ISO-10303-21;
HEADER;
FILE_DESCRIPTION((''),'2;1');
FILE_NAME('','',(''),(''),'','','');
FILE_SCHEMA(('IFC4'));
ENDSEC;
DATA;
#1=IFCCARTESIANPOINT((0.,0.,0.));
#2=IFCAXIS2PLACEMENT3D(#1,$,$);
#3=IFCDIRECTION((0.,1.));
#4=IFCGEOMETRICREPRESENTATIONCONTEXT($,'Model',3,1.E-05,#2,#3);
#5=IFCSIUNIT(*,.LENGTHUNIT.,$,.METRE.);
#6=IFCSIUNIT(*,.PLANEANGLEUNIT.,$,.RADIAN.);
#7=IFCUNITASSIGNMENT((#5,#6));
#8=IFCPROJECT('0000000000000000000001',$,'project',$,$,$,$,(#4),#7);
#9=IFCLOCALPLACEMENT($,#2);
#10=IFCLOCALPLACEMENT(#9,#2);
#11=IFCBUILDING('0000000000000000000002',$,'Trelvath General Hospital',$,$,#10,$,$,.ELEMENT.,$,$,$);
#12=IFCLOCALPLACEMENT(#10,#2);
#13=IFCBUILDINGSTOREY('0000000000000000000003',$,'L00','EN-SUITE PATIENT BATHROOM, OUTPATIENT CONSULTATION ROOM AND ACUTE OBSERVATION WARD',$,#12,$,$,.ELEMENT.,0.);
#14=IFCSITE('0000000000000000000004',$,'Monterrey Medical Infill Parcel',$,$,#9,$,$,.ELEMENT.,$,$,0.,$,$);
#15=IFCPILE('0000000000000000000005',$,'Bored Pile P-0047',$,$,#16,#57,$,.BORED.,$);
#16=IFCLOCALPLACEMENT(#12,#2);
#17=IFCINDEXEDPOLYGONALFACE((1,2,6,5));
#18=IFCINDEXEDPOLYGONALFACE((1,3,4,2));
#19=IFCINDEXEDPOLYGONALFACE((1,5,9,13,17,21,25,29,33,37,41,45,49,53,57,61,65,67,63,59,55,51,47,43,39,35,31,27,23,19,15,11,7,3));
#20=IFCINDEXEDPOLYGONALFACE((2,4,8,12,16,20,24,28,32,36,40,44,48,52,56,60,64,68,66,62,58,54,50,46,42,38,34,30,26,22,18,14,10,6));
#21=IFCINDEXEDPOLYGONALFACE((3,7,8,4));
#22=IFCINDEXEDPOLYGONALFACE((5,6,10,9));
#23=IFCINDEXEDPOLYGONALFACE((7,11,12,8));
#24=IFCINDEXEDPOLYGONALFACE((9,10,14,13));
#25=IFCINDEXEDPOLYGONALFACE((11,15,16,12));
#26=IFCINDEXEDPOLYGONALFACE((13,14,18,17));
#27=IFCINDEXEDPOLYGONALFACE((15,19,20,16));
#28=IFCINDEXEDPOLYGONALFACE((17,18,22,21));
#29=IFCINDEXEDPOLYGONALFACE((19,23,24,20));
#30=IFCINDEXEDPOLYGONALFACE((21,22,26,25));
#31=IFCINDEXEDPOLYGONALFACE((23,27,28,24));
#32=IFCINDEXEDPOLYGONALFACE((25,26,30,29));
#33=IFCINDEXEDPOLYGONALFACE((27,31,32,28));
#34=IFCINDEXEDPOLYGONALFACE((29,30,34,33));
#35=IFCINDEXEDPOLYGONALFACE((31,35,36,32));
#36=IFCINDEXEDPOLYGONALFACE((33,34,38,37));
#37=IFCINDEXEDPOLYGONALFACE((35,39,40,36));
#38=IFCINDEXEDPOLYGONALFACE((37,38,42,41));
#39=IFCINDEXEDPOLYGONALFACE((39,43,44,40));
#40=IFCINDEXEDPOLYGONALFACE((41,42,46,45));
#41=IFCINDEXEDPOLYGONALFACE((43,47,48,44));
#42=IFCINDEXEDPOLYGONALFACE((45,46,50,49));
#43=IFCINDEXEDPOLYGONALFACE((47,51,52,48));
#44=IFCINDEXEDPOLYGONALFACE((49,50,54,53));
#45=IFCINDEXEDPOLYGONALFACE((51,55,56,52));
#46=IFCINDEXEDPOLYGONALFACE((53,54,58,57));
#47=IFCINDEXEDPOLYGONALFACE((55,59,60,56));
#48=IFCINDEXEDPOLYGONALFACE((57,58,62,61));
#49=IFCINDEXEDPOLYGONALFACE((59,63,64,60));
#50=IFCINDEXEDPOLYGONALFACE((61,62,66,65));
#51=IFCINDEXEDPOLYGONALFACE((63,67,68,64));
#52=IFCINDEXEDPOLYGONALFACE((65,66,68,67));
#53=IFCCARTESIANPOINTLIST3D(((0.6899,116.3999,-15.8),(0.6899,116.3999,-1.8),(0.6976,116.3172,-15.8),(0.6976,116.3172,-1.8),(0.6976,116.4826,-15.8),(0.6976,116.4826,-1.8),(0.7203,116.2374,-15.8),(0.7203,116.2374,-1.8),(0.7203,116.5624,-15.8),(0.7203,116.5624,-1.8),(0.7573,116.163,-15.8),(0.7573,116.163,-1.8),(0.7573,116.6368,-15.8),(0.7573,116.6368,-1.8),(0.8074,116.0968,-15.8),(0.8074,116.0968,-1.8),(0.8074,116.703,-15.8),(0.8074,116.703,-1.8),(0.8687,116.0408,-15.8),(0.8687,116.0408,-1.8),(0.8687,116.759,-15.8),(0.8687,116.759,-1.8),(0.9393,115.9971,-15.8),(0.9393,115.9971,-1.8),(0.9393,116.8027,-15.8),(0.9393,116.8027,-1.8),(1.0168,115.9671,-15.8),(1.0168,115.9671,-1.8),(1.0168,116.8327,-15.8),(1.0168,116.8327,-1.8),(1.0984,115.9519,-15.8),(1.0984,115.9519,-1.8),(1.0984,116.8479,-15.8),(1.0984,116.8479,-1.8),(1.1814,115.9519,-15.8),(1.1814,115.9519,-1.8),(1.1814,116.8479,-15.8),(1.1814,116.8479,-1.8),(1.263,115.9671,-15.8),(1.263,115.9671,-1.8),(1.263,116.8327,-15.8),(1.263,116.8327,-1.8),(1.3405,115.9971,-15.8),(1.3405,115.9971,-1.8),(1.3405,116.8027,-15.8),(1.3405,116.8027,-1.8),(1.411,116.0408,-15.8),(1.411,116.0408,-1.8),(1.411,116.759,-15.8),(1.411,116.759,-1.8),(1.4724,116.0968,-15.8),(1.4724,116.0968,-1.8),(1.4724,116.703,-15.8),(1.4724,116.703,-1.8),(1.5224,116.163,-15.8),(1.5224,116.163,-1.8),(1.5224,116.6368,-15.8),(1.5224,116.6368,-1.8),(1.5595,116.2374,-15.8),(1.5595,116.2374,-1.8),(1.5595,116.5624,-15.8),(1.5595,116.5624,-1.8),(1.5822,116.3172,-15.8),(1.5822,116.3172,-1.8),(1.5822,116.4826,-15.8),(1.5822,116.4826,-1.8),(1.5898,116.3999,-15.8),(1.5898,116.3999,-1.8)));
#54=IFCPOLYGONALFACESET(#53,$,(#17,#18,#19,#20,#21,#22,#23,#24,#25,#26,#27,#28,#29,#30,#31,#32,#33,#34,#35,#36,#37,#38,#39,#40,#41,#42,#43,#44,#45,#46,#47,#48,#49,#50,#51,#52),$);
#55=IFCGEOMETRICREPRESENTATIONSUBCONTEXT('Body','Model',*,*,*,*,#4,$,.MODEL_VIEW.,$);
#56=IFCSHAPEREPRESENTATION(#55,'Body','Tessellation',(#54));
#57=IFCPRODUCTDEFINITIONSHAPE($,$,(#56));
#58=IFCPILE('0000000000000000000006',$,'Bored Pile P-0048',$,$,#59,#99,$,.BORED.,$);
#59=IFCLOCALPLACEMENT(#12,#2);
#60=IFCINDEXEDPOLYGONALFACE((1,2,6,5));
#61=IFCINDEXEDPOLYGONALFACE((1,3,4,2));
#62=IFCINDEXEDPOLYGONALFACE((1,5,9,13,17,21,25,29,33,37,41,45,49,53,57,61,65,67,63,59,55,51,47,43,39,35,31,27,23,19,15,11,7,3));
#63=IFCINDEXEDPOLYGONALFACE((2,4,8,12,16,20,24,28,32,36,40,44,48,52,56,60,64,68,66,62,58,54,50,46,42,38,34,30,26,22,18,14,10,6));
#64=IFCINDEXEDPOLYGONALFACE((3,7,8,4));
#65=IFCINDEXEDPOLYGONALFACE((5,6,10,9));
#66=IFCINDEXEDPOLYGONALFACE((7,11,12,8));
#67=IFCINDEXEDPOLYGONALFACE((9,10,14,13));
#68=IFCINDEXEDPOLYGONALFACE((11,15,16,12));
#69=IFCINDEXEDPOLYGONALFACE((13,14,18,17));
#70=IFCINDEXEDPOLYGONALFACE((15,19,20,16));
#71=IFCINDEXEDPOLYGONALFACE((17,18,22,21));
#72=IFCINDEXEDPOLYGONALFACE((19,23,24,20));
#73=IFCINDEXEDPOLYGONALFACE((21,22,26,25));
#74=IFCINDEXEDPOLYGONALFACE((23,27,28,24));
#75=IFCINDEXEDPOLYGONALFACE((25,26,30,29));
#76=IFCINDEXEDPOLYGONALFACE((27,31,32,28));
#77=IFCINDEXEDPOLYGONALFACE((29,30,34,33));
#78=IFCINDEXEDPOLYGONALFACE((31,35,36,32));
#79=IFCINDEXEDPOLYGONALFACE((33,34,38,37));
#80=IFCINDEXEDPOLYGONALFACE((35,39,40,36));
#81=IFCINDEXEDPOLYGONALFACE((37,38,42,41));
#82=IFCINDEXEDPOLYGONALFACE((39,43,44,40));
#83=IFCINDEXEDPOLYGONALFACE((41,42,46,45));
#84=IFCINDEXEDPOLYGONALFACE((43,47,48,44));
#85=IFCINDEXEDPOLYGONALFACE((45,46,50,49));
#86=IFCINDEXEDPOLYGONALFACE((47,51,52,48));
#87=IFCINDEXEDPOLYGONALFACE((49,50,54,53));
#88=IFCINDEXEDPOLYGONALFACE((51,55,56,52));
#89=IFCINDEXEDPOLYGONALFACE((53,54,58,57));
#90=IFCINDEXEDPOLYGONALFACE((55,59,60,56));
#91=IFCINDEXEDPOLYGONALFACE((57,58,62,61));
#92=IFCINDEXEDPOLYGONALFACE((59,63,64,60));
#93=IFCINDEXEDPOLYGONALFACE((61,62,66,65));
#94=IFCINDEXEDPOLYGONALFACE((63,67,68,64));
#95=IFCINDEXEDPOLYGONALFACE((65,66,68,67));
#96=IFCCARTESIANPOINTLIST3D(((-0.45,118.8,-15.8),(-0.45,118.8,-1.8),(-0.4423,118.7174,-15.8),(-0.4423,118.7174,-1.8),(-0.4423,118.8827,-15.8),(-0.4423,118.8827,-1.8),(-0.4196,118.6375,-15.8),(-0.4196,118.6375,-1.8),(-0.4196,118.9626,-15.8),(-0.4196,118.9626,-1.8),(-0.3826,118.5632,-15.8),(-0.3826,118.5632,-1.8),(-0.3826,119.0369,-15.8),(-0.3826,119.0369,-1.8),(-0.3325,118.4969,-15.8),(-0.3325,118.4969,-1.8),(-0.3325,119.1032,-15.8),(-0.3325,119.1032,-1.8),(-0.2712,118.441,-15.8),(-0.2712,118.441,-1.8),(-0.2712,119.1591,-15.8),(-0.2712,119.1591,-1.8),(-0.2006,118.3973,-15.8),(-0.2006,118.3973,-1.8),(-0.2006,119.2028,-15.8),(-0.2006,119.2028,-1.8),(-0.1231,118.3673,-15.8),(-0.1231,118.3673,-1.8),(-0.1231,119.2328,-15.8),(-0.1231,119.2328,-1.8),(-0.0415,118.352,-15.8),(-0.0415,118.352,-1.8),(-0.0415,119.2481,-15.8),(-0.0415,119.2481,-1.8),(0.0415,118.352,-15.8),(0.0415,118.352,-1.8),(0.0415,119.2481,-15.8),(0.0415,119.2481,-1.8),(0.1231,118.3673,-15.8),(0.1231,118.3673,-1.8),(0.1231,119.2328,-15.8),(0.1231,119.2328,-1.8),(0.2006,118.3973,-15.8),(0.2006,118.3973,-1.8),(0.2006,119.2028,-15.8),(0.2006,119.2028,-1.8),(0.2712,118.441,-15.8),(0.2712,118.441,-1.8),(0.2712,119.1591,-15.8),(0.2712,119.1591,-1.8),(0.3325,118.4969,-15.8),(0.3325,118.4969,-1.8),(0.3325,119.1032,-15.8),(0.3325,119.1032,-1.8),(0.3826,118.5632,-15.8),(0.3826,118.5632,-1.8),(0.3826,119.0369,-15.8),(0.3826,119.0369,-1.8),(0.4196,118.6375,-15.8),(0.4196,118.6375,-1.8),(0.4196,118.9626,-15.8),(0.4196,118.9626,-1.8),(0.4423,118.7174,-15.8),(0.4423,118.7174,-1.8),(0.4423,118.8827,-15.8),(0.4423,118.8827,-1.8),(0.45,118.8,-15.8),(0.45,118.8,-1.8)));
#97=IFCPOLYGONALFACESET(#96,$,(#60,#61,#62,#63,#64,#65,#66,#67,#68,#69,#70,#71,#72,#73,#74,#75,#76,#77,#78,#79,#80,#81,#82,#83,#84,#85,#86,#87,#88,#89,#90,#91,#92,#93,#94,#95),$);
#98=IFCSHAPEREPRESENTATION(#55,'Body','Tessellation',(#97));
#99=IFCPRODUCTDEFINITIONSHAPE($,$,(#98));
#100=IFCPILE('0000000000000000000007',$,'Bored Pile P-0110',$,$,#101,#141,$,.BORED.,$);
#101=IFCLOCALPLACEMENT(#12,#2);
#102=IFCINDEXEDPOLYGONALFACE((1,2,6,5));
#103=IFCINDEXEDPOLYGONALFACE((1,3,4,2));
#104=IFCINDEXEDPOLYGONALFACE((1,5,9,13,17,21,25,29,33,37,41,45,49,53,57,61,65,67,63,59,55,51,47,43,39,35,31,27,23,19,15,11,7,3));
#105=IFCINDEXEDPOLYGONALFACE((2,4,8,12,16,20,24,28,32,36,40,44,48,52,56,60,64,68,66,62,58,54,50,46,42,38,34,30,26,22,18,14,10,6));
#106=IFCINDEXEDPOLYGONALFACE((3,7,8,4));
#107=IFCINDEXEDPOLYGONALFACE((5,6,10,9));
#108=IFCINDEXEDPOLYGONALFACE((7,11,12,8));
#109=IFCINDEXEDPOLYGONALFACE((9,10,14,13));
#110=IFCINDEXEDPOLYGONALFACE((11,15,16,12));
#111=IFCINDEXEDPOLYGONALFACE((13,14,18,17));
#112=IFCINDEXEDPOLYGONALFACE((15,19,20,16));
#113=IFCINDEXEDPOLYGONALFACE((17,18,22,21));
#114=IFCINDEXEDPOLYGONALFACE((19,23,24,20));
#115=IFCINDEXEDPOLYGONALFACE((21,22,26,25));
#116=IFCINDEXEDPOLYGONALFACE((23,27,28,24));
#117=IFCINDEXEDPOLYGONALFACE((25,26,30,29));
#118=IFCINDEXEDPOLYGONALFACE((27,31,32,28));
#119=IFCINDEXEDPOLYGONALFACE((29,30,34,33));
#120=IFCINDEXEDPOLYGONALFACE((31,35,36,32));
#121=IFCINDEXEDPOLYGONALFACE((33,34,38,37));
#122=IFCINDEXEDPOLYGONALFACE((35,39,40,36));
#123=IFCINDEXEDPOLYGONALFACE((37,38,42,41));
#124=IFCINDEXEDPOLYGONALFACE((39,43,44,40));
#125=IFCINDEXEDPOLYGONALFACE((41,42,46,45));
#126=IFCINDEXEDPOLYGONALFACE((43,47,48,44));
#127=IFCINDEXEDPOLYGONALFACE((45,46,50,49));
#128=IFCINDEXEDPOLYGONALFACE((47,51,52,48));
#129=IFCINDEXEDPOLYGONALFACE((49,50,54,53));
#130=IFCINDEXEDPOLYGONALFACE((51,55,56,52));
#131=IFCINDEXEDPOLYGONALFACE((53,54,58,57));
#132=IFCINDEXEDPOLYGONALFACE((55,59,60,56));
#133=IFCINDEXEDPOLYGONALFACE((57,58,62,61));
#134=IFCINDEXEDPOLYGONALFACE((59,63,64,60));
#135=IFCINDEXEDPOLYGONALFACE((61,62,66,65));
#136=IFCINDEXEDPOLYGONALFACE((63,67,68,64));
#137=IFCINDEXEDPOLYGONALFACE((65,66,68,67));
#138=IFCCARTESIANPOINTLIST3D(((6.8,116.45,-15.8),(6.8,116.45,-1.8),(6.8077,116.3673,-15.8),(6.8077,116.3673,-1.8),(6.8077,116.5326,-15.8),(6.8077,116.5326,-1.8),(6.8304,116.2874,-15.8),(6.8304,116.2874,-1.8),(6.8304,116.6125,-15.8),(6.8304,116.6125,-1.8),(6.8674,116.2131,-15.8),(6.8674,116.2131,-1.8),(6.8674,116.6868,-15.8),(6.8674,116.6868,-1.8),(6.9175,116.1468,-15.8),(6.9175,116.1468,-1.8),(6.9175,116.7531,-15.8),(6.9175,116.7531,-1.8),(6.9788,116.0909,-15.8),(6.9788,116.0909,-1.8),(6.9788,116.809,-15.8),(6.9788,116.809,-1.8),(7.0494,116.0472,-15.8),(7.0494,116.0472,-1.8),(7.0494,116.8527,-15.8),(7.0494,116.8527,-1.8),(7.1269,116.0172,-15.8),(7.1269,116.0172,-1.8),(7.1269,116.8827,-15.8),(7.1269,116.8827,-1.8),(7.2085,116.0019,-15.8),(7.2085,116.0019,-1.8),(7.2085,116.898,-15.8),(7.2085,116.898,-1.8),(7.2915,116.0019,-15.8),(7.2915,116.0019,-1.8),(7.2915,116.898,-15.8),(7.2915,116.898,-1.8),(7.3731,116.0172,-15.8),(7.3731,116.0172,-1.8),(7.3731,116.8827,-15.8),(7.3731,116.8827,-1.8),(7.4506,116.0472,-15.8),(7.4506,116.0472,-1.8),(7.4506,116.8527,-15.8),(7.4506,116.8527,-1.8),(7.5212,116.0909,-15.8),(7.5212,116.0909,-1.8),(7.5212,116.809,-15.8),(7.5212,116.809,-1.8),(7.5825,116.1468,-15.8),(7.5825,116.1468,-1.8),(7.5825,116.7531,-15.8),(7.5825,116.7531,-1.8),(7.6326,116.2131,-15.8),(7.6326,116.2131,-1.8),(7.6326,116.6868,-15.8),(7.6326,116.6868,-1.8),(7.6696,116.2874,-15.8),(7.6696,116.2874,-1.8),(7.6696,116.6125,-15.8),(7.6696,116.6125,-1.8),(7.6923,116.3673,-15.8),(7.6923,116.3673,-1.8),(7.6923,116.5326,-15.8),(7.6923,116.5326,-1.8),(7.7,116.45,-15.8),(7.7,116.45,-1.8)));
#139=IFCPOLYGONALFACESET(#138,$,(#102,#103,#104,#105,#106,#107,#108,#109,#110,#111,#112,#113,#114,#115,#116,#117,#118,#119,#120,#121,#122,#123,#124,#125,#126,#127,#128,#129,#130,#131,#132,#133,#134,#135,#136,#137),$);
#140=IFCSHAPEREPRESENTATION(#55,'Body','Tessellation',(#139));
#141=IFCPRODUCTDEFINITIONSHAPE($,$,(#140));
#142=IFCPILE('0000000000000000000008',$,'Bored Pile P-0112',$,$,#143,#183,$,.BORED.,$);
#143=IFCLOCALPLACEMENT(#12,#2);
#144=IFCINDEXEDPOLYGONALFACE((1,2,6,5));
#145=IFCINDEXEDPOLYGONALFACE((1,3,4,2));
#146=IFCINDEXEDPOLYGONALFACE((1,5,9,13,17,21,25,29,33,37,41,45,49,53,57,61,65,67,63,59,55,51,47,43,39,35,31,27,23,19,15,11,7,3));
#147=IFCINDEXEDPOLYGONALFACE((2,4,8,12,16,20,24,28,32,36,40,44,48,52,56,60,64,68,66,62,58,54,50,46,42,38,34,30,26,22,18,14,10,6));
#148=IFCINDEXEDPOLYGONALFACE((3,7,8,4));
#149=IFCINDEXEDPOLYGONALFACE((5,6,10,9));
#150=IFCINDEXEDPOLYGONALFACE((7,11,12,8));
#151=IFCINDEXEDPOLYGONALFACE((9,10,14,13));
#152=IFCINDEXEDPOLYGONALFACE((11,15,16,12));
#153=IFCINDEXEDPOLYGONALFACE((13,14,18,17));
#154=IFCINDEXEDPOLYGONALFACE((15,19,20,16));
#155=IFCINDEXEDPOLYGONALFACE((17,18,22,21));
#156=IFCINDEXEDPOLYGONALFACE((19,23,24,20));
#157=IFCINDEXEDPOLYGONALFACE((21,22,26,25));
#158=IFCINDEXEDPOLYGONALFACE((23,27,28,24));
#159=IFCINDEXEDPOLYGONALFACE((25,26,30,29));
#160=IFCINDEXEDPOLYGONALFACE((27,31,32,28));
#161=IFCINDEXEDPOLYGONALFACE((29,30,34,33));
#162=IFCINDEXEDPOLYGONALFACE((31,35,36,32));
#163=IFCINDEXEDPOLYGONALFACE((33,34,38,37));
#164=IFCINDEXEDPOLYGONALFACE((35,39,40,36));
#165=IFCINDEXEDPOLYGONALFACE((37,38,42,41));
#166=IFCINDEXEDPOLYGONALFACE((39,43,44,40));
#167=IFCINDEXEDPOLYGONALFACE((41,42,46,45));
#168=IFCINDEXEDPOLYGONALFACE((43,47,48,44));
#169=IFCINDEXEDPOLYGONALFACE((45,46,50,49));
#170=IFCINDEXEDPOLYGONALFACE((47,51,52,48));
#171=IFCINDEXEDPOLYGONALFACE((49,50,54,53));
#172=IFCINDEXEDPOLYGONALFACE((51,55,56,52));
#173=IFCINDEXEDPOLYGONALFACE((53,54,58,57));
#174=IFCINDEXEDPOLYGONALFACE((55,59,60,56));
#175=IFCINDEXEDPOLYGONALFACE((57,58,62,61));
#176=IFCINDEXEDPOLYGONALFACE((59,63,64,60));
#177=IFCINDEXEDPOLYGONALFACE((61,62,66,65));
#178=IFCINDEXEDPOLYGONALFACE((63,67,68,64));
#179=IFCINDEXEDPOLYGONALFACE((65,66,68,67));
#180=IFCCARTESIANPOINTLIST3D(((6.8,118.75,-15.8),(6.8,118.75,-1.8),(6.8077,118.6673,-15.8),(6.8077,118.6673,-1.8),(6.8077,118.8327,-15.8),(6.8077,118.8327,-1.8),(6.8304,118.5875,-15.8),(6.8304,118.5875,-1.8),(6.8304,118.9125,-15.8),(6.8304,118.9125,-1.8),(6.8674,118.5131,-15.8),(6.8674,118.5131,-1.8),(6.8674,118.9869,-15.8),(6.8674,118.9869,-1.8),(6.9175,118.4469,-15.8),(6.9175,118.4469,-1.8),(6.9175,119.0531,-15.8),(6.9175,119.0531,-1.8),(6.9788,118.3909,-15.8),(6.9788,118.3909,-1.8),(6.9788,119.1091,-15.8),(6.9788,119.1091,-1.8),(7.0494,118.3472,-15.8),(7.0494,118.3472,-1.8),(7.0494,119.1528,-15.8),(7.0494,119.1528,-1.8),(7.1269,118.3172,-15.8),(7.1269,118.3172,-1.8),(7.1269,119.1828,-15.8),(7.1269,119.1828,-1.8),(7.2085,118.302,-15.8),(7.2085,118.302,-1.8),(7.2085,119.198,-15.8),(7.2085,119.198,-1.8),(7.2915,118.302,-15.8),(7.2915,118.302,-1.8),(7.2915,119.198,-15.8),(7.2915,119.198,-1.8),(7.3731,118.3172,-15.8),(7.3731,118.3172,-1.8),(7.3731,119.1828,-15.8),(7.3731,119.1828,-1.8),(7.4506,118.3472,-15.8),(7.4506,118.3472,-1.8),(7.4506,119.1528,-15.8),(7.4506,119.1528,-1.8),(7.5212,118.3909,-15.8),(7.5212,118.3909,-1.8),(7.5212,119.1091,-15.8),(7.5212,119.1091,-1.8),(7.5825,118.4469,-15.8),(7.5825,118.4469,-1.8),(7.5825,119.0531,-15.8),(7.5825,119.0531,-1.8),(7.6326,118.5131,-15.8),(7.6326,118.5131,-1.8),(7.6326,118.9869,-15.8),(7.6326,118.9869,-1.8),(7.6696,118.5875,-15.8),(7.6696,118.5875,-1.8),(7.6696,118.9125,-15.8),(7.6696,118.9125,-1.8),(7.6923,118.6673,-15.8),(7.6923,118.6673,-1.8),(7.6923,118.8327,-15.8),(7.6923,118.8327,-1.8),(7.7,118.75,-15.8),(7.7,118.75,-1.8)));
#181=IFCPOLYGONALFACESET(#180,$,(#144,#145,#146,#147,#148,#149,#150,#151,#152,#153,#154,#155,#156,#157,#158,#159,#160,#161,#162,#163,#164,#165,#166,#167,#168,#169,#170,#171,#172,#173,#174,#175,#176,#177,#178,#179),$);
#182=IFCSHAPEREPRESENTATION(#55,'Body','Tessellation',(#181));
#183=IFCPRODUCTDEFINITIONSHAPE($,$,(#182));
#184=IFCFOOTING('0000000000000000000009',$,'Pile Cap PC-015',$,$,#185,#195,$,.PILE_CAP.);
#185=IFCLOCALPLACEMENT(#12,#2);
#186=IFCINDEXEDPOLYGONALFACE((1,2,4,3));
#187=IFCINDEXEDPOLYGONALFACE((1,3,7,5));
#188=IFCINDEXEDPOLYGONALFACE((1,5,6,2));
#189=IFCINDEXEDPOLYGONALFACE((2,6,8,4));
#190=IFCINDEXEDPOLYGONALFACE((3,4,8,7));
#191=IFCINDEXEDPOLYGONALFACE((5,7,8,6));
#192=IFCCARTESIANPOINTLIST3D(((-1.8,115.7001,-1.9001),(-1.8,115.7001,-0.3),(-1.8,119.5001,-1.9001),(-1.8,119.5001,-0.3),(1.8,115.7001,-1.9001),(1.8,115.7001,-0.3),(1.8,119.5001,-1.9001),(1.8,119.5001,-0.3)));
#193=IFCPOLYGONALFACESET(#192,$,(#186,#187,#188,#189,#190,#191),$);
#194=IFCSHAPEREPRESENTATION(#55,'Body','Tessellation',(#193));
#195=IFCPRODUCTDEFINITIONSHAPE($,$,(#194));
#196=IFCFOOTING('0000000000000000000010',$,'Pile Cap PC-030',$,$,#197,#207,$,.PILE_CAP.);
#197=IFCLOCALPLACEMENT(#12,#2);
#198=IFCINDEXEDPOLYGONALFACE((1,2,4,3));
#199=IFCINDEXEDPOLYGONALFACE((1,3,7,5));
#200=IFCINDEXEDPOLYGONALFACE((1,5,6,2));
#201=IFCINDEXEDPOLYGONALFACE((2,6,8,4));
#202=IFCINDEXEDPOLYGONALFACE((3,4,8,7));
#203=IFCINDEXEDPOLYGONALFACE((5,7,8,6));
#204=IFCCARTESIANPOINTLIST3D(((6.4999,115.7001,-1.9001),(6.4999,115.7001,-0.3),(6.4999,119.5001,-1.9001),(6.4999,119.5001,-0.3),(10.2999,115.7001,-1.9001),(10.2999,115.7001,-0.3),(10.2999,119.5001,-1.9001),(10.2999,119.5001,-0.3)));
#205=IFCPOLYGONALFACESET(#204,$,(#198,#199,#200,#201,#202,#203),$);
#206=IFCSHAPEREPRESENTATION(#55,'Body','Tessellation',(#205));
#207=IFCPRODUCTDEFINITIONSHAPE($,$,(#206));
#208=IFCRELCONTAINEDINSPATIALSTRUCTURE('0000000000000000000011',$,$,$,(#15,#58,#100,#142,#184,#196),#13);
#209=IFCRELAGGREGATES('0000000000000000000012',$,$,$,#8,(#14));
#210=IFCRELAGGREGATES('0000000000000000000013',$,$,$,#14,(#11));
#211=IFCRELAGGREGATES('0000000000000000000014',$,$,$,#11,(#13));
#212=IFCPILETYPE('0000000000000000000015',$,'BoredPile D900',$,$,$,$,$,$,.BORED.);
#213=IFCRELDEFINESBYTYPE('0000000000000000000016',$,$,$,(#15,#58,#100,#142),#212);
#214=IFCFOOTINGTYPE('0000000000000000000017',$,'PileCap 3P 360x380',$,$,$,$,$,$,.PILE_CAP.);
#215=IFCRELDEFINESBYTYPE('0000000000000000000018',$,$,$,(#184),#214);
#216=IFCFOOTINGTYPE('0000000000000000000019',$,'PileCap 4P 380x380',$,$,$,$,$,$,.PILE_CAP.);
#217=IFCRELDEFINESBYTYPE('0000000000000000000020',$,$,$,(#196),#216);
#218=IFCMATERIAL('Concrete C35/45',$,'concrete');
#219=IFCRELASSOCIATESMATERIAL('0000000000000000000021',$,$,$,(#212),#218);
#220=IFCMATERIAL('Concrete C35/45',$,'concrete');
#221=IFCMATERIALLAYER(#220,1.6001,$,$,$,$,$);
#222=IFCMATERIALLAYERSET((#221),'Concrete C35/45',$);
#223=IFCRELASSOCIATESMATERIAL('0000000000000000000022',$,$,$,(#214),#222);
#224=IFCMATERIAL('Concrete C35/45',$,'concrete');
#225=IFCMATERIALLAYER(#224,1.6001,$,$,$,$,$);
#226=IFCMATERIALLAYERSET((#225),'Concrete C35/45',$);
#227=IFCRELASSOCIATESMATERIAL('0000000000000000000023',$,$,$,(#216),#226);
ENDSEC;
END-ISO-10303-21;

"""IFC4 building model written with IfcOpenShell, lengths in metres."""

from ifc_helpers import new_model, si_unit, direction, frame, origin, origin_2d, place, context, subcontext, project, spatial, rectangle, circle, extrude, material, layer, layer_set, material_profile, profile_set, type_object, element, save


model = new_model("IFC4")

# Units and contexts
model_context = context("Model", 3, precision=1e-05, world=origin(), true_north=direction((0.0, 1.0)))
body_context = subcontext(model_context, "Body", "Model", "MODEL_VIEW")
ifc_project = project(units=[si_unit("LENGTHUNIT", "METRE"), si_unit("PLANEANGLEUNIT", "RADIAN")], contexts=[model_context])

# Site, building, storey
site_placement = place(None, origin())
site = spatial("IfcSite", under=ifc_project, at=site_placement, Name="Monterrey Medical Infill Parcel", CompositionType="ELEMENT", RefElevation=0.0)
building_placement = place(site_placement, origin())
building = spatial("IfcBuilding", under=site, at=building_placement, Name="Trelvath General Hospital", CompositionType="ELEMENT")
storey_placement = place(building_placement, origin())
storey = spatial("IfcBuildingStorey", under=building, at=storey_placement, Name="L00", Description="EN-SUITE PATIENT BATHROOM, OUTPATIENT CONSULTATION ROOM AND ACUTE OBSERVATION WARD", CompositionType="ELEMENT", Elevation=0.0)

# Piles
ifc_material_1 = material(Name="Concrete C35/45", Category="concrete")
ifc_material_profile_1 = material_profile(ifc_material_1, circle(Radius=0.45, at=origin_2d()), Name="PILE900")
ifc_profile_set_1 = profile_set([ifc_material_profile_1], Name="Concrete C35/45")
pile_type_1 = type_object("IfcPileType", Name="BoredPile D900", PredefinedType="BORED", material=ifc_profile_set_1)
for number, where, z_axis, x_axis, name in (
    (1, (1.1399, 116.3999, -1.8), (0.0, 0.0, -1.0), (1.0, 0.0, 0.0), "Bored Pile P-0047"),
    (2, (0.0, 118.8, -1.8), (0.0, 0.0, -1.0), (1.0, 0.0, 0.0), "Bored Pile P-0048"),
    (3, (7.25, 116.45, -1.8), (0.0, 0.0, -1.0), (1.0, 0.0, 0.0), "Bored Pile P-0110"),
    (4, (7.25, 118.75, -1.8), (0.0, 0.0, -1.0), (1.0, 0.0, 0.0), "Bored Pile P-0112"),
):
    element("IfcPile", number, at=place(storey_placement, frame(where, z_axis=z_axis, x_axis=x_axis)), inside=storey, type_object=pile_type_1, Name=name, PredefinedType="BORED", context=body_context, shape_type="SweptSolid", body=[
        extrude(circle(Radius=0.45, at=origin_2d()), origin(), (0.0, 0.0, 1.0), 14.0),
    ])

# Footings
ifc_material_2 = material(Name="Concrete C35/45", Category="concrete")
ifc_layer_1 = layer(ifc_material_2, 1.6001)
ifc_layer_set_1 = layer_set([ifc_layer_1], Name="Concrete C35/45")
footing_type_1 = type_object("IfcFootingType", Name="PileCap 3P 360x380", PredefinedType="PILE_CAP", material=ifc_layer_set_1)
footing_1_placement = place(storey_placement, frame((0.0, 117.6001, -1.9001), z_axis=(0.0, 0.0, 1.0), x_axis=(1.0, 0.0, 0.0)))
element("IfcFooting", 5, at=footing_1_placement, inside=storey, type_object=footing_type_1, Name="Pile Cap PC-015", PredefinedType="PILE_CAP", context=body_context, shape_type="SweptSolid", body=[
    extrude(rectangle(XDim=3.6001, YDim=3.8, at=origin_2d()), origin(), (0.0, 0.0, 1.0), 1.6001),
])
ifc_material_3 = material(Name="Concrete C35/45", Category="concrete")
ifc_layer_2 = layer(ifc_material_3, 1.6001)
ifc_layer_set_2 = layer_set([ifc_layer_2], Name="Concrete C35/45")
footing_type_2 = type_object("IfcFootingType", Name="PileCap 4P 380x380", PredefinedType="PILE_CAP", material=ifc_layer_set_2)
footing_2_placement = place(storey_placement, frame((8.3999, 117.6001, -1.9001), z_axis=(0.0, 0.0, 1.0), x_axis=(1.0, 0.0, 0.0)))
element("IfcFooting", 6, at=footing_2_placement, inside=storey, type_object=footing_type_2, Name="Pile Cap PC-030", PredefinedType="PILE_CAP", context=body_context, shape_type="SweptSolid", body=[
    extrude(rectangle(XDim=3.8, YDim=3.8, at=origin_2d()), origin(), (0.0, 0.0, 1.0), 1.6001),
])

save(model, "model.ifc")
